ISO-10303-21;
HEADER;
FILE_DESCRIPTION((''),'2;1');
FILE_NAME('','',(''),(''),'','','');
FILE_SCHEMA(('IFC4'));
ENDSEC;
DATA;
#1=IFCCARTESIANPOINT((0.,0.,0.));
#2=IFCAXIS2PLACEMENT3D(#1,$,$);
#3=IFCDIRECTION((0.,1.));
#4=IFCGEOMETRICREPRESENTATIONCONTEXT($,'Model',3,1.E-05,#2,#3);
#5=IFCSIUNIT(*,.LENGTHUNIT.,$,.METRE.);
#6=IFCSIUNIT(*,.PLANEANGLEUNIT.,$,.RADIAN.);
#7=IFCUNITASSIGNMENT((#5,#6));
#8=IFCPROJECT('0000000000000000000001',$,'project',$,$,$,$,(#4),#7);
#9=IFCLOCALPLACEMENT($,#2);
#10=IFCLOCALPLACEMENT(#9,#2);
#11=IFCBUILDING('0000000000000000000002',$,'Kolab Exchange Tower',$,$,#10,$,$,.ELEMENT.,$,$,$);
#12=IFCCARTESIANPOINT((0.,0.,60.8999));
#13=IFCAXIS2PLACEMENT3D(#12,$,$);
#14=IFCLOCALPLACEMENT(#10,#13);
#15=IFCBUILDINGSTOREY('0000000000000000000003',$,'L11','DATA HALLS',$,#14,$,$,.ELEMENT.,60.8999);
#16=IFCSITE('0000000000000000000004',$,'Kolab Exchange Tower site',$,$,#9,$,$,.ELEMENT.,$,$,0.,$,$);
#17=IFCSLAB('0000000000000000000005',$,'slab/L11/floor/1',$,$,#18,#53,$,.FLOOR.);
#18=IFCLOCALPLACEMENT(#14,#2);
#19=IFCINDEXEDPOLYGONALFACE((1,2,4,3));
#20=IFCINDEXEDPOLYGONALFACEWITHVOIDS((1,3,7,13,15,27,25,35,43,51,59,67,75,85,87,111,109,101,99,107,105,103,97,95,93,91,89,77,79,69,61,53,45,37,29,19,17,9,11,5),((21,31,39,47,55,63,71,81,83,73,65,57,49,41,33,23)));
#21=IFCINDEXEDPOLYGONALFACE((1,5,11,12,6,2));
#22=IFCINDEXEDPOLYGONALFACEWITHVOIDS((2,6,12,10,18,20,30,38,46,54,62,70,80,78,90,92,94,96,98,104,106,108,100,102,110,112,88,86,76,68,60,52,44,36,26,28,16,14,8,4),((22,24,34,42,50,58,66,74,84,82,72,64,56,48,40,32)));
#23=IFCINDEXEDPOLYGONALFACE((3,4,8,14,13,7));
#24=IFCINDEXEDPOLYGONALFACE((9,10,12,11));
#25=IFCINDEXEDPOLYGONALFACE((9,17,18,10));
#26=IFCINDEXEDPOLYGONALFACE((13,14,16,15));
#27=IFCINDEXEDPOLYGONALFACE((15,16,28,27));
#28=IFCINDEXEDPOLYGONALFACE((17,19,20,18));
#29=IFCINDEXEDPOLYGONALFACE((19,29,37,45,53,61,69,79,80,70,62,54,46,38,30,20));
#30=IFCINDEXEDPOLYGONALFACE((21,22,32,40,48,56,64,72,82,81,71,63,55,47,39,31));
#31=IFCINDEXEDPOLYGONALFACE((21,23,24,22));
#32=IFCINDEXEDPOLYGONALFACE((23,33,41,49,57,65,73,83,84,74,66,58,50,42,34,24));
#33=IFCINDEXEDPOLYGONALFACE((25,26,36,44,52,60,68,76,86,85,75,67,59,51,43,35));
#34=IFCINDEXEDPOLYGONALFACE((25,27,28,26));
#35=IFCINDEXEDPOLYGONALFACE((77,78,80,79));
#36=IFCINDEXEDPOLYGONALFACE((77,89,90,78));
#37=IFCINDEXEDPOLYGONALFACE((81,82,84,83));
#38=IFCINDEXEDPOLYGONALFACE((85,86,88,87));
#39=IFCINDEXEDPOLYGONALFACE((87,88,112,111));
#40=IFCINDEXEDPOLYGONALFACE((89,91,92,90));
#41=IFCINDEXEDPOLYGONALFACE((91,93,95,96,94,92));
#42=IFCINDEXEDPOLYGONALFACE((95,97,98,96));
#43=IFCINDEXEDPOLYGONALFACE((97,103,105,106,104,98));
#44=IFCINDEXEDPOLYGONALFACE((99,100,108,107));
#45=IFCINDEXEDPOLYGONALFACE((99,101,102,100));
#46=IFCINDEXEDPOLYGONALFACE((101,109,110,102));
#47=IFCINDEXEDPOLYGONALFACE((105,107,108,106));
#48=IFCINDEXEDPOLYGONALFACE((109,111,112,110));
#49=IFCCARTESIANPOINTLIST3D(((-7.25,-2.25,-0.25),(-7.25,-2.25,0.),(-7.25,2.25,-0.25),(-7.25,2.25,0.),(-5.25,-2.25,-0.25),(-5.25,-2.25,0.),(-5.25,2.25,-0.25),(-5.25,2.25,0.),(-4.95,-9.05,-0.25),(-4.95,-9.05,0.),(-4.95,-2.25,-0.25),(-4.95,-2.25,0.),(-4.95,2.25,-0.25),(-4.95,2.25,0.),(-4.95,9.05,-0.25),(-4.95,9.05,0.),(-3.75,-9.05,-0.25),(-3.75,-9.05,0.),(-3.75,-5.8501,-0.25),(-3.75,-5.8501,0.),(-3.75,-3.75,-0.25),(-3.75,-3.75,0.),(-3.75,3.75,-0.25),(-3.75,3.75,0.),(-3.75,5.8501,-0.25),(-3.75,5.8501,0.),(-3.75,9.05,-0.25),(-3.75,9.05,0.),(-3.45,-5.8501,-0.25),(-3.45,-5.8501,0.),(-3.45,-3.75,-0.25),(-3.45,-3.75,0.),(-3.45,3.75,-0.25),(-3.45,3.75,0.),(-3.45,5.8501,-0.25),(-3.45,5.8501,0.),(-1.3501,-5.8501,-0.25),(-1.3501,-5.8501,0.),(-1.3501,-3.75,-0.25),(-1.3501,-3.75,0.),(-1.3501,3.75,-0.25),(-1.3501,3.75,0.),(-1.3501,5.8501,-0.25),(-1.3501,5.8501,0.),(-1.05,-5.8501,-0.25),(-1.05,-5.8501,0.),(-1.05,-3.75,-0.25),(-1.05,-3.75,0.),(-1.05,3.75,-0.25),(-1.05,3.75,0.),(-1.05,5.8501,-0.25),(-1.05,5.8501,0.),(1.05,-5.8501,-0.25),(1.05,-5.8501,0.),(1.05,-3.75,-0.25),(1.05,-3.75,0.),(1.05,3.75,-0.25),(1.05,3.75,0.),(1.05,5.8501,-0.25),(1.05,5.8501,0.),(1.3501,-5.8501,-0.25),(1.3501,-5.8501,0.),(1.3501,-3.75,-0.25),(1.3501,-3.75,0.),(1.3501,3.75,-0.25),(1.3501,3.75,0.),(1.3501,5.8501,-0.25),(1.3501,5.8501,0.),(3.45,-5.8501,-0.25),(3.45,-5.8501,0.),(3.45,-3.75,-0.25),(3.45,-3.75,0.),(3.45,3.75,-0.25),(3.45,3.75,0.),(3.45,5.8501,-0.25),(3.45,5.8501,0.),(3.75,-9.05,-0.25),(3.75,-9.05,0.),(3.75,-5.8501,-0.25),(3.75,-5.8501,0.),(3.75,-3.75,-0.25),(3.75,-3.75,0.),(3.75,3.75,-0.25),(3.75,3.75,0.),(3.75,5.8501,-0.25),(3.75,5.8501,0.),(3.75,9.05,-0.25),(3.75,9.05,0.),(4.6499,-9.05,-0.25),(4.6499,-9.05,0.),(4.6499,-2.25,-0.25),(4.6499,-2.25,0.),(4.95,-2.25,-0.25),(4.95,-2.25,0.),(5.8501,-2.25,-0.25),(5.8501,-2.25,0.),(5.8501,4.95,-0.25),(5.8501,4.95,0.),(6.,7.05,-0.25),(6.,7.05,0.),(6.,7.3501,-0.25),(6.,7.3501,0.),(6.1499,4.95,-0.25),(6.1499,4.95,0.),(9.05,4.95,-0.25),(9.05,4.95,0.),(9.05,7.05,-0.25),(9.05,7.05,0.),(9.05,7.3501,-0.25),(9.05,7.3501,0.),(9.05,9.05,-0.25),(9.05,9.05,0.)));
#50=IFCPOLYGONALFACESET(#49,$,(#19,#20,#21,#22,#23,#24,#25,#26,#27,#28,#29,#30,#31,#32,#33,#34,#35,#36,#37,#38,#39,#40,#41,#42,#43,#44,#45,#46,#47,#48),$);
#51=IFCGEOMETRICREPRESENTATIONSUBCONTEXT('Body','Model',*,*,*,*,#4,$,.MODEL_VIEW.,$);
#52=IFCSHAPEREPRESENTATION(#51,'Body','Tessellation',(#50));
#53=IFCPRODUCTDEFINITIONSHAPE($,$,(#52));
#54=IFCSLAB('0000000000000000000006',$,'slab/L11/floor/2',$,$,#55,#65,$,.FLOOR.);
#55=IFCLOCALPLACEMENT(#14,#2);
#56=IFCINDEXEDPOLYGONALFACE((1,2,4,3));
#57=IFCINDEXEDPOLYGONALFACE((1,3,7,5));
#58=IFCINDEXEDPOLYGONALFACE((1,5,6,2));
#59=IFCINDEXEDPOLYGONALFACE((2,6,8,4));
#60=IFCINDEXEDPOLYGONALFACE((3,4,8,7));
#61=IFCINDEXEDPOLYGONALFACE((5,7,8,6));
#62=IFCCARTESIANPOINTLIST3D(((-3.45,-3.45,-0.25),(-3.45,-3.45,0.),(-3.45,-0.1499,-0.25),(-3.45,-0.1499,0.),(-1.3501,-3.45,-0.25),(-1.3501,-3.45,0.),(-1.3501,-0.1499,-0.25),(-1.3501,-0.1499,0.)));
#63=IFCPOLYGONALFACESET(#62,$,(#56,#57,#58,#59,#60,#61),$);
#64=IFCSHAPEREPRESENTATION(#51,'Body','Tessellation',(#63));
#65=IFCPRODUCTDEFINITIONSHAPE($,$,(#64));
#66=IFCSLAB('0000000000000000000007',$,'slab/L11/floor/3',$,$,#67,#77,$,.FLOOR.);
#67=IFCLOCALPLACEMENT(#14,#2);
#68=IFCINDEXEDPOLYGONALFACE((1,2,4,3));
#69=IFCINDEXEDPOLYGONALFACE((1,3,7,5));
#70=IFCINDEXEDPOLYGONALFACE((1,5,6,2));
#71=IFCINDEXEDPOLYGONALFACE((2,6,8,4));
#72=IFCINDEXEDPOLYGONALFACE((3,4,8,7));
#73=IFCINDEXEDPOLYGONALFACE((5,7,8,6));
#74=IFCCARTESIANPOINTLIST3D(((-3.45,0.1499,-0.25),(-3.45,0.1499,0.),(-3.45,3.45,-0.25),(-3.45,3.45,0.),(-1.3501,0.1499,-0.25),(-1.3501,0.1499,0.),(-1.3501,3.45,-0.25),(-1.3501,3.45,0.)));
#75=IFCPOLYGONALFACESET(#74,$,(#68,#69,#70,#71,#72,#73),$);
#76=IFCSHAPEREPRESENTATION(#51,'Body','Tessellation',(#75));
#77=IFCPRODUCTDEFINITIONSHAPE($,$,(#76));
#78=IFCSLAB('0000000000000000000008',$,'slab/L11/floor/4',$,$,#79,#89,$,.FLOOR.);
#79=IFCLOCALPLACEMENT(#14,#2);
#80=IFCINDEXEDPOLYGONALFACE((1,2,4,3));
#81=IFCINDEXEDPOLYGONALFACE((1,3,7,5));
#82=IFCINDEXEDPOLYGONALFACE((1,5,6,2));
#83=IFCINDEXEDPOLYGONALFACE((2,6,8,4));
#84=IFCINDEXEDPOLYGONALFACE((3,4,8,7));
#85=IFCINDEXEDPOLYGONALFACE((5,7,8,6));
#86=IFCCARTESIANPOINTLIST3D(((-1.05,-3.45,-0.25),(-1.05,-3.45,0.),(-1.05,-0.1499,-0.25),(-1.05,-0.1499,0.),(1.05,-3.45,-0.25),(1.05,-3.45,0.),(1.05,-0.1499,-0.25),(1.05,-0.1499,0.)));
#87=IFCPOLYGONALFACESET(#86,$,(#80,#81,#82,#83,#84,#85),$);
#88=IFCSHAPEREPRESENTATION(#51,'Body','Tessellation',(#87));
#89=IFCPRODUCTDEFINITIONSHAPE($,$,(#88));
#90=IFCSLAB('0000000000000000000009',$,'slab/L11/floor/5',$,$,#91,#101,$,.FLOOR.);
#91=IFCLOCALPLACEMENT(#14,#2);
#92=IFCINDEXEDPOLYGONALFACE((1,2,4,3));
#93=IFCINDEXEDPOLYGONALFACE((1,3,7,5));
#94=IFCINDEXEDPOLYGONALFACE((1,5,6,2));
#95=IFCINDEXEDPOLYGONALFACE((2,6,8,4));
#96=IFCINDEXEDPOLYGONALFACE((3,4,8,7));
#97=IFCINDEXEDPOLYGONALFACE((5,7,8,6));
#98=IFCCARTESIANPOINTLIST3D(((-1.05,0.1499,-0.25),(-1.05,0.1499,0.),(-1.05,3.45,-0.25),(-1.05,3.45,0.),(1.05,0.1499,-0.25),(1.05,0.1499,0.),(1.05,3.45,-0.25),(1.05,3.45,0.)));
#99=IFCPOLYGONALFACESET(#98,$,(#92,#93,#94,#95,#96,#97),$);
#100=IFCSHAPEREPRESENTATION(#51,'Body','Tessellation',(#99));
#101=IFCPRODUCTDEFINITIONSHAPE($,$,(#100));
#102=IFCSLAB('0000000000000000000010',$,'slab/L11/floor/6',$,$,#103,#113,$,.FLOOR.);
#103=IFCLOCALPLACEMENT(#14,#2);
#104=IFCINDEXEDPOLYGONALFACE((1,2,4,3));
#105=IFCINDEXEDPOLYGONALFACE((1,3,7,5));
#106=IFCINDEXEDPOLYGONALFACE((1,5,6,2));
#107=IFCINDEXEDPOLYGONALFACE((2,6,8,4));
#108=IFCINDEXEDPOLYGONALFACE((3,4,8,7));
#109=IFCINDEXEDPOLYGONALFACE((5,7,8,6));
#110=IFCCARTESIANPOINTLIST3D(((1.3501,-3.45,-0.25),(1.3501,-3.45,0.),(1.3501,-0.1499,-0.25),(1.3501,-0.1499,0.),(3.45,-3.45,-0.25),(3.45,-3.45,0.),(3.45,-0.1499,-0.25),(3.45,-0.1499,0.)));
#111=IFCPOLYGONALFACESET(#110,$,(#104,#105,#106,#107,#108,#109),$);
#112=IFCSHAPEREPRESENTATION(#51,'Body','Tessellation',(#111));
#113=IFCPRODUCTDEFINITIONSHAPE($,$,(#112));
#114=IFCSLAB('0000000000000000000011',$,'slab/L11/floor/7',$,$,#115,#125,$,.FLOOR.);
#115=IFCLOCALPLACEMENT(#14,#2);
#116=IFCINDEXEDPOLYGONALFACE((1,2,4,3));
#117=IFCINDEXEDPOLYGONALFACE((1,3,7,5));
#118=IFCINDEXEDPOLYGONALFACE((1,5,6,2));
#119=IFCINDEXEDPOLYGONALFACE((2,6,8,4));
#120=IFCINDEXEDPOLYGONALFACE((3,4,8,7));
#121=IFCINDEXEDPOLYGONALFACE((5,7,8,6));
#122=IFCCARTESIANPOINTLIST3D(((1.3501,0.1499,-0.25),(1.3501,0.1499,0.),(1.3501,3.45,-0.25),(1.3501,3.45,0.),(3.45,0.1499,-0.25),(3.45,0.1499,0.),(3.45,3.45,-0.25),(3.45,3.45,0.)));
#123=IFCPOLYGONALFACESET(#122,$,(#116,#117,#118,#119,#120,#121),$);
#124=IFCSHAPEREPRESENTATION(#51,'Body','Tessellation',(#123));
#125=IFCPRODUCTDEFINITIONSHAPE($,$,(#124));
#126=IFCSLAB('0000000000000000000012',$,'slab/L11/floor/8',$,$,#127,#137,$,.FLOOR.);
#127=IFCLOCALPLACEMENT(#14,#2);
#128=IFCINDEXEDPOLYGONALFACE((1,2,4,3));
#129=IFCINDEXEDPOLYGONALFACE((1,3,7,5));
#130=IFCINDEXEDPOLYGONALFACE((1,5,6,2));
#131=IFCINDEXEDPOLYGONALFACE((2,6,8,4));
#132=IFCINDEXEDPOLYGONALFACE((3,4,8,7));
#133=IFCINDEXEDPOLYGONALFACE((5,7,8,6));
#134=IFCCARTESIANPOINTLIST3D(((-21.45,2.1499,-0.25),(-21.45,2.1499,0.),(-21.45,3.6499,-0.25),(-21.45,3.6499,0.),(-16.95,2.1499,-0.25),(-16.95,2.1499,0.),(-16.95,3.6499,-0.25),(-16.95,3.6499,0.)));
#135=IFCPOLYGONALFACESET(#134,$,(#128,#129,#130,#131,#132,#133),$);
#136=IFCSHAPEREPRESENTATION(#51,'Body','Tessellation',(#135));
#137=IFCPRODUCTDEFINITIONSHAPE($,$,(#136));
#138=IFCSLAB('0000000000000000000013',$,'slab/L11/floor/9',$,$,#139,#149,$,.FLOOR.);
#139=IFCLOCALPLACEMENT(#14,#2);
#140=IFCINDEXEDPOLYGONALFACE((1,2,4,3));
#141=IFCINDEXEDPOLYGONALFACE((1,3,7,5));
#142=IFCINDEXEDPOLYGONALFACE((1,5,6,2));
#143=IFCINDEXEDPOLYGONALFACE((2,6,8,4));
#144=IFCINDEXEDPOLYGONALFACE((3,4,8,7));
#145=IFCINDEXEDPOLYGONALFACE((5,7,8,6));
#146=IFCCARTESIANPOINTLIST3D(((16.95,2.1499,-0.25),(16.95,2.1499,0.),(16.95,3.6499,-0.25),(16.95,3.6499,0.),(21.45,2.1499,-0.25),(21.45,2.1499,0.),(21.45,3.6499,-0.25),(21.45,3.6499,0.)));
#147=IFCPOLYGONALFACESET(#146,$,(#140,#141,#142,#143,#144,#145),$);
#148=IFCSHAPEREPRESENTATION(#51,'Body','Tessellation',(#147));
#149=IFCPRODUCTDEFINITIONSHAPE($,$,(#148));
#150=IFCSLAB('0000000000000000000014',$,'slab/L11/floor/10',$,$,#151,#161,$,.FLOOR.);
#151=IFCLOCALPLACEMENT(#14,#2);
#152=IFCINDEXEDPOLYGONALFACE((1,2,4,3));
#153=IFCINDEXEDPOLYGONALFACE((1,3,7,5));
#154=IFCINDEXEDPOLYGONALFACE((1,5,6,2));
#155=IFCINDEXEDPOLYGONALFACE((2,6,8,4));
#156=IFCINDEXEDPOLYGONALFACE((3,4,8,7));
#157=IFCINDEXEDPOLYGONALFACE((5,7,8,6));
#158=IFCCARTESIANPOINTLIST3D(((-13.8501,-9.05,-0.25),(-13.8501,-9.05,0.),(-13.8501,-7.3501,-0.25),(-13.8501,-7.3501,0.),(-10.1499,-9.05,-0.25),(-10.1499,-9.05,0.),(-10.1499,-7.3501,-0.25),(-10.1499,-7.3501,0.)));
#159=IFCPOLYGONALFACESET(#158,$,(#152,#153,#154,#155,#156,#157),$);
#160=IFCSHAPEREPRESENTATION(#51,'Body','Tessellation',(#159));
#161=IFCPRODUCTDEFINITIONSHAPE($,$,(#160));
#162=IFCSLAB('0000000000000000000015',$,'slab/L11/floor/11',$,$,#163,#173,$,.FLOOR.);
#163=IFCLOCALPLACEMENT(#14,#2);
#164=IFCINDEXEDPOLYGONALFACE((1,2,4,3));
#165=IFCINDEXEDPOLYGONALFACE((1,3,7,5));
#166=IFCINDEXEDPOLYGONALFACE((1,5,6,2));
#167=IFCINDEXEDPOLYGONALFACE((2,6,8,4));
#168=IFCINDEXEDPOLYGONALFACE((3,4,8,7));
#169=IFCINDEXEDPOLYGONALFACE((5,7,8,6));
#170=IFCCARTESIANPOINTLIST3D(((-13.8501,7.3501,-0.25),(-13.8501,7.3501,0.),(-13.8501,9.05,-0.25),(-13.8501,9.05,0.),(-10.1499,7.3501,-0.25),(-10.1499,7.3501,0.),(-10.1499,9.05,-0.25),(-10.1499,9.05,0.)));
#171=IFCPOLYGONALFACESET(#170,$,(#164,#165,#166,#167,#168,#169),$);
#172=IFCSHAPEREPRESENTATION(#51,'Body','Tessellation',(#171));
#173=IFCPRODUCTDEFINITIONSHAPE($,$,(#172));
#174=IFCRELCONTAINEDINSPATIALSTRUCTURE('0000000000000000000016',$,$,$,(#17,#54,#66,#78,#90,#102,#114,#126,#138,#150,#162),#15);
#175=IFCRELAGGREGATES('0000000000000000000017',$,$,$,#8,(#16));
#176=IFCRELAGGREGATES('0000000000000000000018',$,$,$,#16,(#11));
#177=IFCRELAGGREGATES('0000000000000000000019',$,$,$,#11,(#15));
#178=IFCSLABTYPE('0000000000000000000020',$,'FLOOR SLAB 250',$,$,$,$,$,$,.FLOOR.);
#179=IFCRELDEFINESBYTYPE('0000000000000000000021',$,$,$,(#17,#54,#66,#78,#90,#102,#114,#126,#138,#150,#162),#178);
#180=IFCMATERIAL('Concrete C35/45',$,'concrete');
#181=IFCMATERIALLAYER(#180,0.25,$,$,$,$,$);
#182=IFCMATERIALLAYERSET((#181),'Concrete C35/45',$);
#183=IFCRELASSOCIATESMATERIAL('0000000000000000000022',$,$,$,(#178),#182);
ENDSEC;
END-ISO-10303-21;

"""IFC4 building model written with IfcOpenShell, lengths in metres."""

from ifc_helpers import new_model, si_unit, direction, frame, origin, place, context, subcontext, project, spatial, polyline, outline, extrude, material, layer, layer_set, type_object, element, save


model = new_model("IFC4")

# Units and contexts
model_context = context("Model", 3, precision=1e-05, world=origin(), true_north=direction((0.0, 1.0)))
body_context = subcontext(model_context, "Body", "Model", "MODEL_VIEW")
ifc_project = project(units=[si_unit("LENGTHUNIT", "METRE"), si_unit("PLANEANGLEUNIT", "RADIAN")], contexts=[model_context])

# Site, building, storey
site_placement = place(None, origin())
site = spatial("IfcSite", under=ifc_project, at=site_placement, Name="Kolab Exchange Tower site", CompositionType="ELEMENT", RefElevation=0.0)
building_placement = place(site_placement, origin())
building = spatial("IfcBuilding", under=site, at=building_placement, Name="Kolab Exchange Tower", CompositionType="ELEMENT")
storey_placement = place(building_placement, frame((0.0, 0.0, 60.8999)))
storey = spatial("IfcBuildingStorey", under=building, at=storey_placement, Name="L11", Description="DATA HALLS", CompositionType="ELEMENT", Elevation=60.8999)

# Slabs
ifc_material_1 = material(Name="Concrete C35/45", Category="concrete")
ifc_layer_1 = layer(ifc_material_1, 0.25)
ifc_layer_set_1 = layer_set([ifc_layer_1], Name="Concrete C35/45")
slab_type = type_object("IfcSlabType", Name="FLOOR SLAB 250", PredefinedType="FLOOR", material=ifc_layer_set_1)
slab_1_placement = place(storey_placement, frame((0.0, 0.0, -0.25)))
element("IfcSlab", 1, at=slab_1_placement, inside=storey, type_object=slab_type, Name="slab/L11/floor/1", PredefinedType="FLOOR", context=body_context, shape_type="SweptSolid", body=[
    extrude(outline(polyline([(-5.25, 2.25), (-7.25, 2.25), (-7.25, -2.25), (-5.25, -2.25), (-4.95, -2.25), (-4.95, -9.05), (-3.75, -9.05), (-3.75, -5.8501), (-3.45, -5.8501), (-1.3501, -5.8501), (-1.05, -5.8501), (1.05, -5.8501), (1.3501, -5.8501), (3.45, -5.8501), (3.75, -5.8501), (3.75, -9.05), (4.6499, -9.05), (4.6499, -2.25), (4.95, -2.25), (5.8501, -2.25), (5.8501, 4.95), (6.1499, 4.95), (9.05, 4.95), (9.05, 7.05), (6.0, 7.05), (6.0, 7.3501), (9.05, 7.3501), (9.05, 9.05), (3.75, 9.05), (3.75, 5.8501), (3.45, 5.8501), (1.3501, 5.8501), (1.05, 5.8501), (-1.05, 5.8501), (-1.3501, 5.8501), (-3.45, 5.8501), (-3.75, 5.8501), (-3.75, 9.05), (-4.95, 9.05), (-4.95, 2.25), (-5.25, 2.25)]), holes=[polyline([(-1.3501, 3.75), (-1.05, 3.75), (1.05, 3.75), (1.3501, 3.75), (3.45, 3.75), (3.75, 3.75), (3.75, -3.75), (3.45, -3.75), (1.3501, -3.75), (1.05, -3.75), (-1.05, -3.75), (-1.3501, -3.75), (-3.45, -3.75), (-3.75, -3.75), (-3.75, 3.75), (-3.45, 3.75), (-1.3501, 3.75)])]), origin(), (0.0, 0.0, 1.0), 0.25),
])
slab_2_placement = place(storey_placement, frame((0.0, 0.0, -0.25)))
element("IfcSlab", 2, at=slab_2_placement, inside=storey, type_object=slab_type, Name="slab/L11/floor/2", PredefinedType="FLOOR", context=body_context, shape_type="SweptSolid", body=[
    extrude(outline(polyline([(-3.45, -3.45), (-1.3501, -3.45), (-1.3501, -0.1499), (-3.45, -0.1499), (-3.45, -3.45)])), origin(), (0.0, 0.0, 1.0), 0.25),
])
slab_3_placement = place(storey_placement, frame((0.0, 0.0, -0.25)))
element("IfcSlab", 3, at=slab_3_placement, inside=storey, type_object=slab_type, Name="slab/L11/floor/3", PredefinedType="FLOOR", context=body_context, shape_type="SweptSolid", body=[
    extrude(outline(polyline([(-1.3501, 0.1499), (-1.3501, 3.45), (-3.45, 3.45), (-3.45, 0.1499), (-1.3501, 0.1499)])), origin(), (0.0, 0.0, 1.0), 0.25),
])
slab_4_placement = place(storey_placement, frame((0.0, 0.0, -0.25)))
element("IfcSlab", 4, at=slab_4_placement, inside=storey, type_object=slab_type, Name="slab/L11/floor/4", PredefinedType="FLOOR", context=body_context, shape_type="SweptSolid", body=[
    extrude(outline(polyline([(-1.05, -0.1499), (-1.05, -3.45), (1.05, -3.45), (1.05, -0.1499), (-1.05, -0.1499)])), origin(), (0.0, 0.0, 1.0), 0.25),
])
slab_5_placement = place(storey_placement, frame((0.0, 0.0, -0.25)))
element("IfcSlab", 5, at=slab_5_placement, inside=storey, type_object=slab_type, Name="slab/L11/floor/5", PredefinedType="FLOOR", context=body_context, shape_type="SweptSolid", body=[
    extrude(outline(polyline([(-1.05, 3.45), (-1.05, 0.1499), (1.05, 0.1499), (1.05, 3.45), (-1.05, 3.45)])), origin(), (0.0, 0.0, 1.0), 0.25),
])
slab_6_placement = place(storey_placement, frame((0.0, 0.0, -0.25)))
element("IfcSlab", 6, at=slab_6_placement, inside=storey, type_object=slab_type, Name="slab/L11/floor/6", PredefinedType="FLOOR", context=body_context, shape_type="SweptSolid", body=[
    extrude(outline(polyline([(1.3501, -3.45), (3.45, -3.45), (3.45, -0.1499), (1.3501, -0.1499), (1.3501, -3.45)])), origin(), (0.0, 0.0, 1.0), 0.25),
])
slab_7_placement = place(storey_placement, frame((0.0, 0.0, -0.25)))
element("IfcSlab", 7, at=slab_7_placement, inside=storey, type_object=slab_type, Name="slab/L11/floor/7", PredefinedType="FLOOR", context=body_context, shape_type="SweptSolid", body=[
    extrude(outline(polyline([(1.3501, 0.1499), (3.45, 0.1499), (3.45, 3.45), (1.3501, 3.45), (1.3501, 0.1499)])), origin(), (0.0, 0.0, 1.0), 0.25),
])
slab_8_placement = place(storey_placement, frame((0.0, 0.0, -0.25)))
element("IfcSlab", 8, at=slab_8_placement, inside=storey, type_object=slab_type, Name="slab/L11/floor/8", PredefinedType="FLOOR", context=body_context, shape_type="SweptSolid", body=[
    extrude(outline(polyline([(-21.45, 3.6499), (-21.45, 2.1499), (-16.95, 2.1499), (-16.95, 3.6499), (-21.45, 3.6499)])), origin(), (0.0, 0.0, 1.0), 0.25),
])
slab_9_placement = place(storey_placement, frame((0.0, 0.0, -0.25)))
element("IfcSlab", 9, at=slab_9_placement, inside=storey, type_object=slab_type, Name="slab/L11/floor/9", PredefinedType="FLOOR", context=body_context, shape_type="SweptSolid", body=[
    extrude(outline(polyline([(21.45, 3.6499), (16.95, 3.6499), (16.95, 2.1499), (21.45, 2.1499), (21.45, 3.6499)])), origin(), (0.0, 0.0, 1.0), 0.25),
])
slab_10_placement = place(storey_placement, frame((0.0, 0.0, -0.25)))
element("IfcSlab", 10, at=slab_10_placement, inside=storey, type_object=slab_type, Name="slab/L11/floor/10", PredefinedType="FLOOR", context=body_context, shape_type="SweptSolid", body=[
    extrude(outline(polyline([(-10.1499, -9.05), (-10.1499, -7.3501), (-13.8501, -7.3501), (-13.8501, -9.05), (-10.1499, -9.05)])), origin(), (0.0, 0.0, 1.0), 0.25),
])
slab_11_placement = place(storey_placement, frame((0.0, 0.0, -0.25)))
element("IfcSlab", 11, at=slab_11_placement, inside=storey, type_object=slab_type, Name="slab/L11/floor/11", PredefinedType="FLOOR", context=body_context, shape_type="SweptSolid", body=[
    extrude(outline(polyline([(-13.8501, 7.3501), (-10.1499, 7.3501), (-10.1499, 9.05), (-13.8501, 9.05), (-13.8501, 7.3501)])), origin(), (0.0, 0.0, 1.0), 0.25),
])

save(model, "model.ifc")
